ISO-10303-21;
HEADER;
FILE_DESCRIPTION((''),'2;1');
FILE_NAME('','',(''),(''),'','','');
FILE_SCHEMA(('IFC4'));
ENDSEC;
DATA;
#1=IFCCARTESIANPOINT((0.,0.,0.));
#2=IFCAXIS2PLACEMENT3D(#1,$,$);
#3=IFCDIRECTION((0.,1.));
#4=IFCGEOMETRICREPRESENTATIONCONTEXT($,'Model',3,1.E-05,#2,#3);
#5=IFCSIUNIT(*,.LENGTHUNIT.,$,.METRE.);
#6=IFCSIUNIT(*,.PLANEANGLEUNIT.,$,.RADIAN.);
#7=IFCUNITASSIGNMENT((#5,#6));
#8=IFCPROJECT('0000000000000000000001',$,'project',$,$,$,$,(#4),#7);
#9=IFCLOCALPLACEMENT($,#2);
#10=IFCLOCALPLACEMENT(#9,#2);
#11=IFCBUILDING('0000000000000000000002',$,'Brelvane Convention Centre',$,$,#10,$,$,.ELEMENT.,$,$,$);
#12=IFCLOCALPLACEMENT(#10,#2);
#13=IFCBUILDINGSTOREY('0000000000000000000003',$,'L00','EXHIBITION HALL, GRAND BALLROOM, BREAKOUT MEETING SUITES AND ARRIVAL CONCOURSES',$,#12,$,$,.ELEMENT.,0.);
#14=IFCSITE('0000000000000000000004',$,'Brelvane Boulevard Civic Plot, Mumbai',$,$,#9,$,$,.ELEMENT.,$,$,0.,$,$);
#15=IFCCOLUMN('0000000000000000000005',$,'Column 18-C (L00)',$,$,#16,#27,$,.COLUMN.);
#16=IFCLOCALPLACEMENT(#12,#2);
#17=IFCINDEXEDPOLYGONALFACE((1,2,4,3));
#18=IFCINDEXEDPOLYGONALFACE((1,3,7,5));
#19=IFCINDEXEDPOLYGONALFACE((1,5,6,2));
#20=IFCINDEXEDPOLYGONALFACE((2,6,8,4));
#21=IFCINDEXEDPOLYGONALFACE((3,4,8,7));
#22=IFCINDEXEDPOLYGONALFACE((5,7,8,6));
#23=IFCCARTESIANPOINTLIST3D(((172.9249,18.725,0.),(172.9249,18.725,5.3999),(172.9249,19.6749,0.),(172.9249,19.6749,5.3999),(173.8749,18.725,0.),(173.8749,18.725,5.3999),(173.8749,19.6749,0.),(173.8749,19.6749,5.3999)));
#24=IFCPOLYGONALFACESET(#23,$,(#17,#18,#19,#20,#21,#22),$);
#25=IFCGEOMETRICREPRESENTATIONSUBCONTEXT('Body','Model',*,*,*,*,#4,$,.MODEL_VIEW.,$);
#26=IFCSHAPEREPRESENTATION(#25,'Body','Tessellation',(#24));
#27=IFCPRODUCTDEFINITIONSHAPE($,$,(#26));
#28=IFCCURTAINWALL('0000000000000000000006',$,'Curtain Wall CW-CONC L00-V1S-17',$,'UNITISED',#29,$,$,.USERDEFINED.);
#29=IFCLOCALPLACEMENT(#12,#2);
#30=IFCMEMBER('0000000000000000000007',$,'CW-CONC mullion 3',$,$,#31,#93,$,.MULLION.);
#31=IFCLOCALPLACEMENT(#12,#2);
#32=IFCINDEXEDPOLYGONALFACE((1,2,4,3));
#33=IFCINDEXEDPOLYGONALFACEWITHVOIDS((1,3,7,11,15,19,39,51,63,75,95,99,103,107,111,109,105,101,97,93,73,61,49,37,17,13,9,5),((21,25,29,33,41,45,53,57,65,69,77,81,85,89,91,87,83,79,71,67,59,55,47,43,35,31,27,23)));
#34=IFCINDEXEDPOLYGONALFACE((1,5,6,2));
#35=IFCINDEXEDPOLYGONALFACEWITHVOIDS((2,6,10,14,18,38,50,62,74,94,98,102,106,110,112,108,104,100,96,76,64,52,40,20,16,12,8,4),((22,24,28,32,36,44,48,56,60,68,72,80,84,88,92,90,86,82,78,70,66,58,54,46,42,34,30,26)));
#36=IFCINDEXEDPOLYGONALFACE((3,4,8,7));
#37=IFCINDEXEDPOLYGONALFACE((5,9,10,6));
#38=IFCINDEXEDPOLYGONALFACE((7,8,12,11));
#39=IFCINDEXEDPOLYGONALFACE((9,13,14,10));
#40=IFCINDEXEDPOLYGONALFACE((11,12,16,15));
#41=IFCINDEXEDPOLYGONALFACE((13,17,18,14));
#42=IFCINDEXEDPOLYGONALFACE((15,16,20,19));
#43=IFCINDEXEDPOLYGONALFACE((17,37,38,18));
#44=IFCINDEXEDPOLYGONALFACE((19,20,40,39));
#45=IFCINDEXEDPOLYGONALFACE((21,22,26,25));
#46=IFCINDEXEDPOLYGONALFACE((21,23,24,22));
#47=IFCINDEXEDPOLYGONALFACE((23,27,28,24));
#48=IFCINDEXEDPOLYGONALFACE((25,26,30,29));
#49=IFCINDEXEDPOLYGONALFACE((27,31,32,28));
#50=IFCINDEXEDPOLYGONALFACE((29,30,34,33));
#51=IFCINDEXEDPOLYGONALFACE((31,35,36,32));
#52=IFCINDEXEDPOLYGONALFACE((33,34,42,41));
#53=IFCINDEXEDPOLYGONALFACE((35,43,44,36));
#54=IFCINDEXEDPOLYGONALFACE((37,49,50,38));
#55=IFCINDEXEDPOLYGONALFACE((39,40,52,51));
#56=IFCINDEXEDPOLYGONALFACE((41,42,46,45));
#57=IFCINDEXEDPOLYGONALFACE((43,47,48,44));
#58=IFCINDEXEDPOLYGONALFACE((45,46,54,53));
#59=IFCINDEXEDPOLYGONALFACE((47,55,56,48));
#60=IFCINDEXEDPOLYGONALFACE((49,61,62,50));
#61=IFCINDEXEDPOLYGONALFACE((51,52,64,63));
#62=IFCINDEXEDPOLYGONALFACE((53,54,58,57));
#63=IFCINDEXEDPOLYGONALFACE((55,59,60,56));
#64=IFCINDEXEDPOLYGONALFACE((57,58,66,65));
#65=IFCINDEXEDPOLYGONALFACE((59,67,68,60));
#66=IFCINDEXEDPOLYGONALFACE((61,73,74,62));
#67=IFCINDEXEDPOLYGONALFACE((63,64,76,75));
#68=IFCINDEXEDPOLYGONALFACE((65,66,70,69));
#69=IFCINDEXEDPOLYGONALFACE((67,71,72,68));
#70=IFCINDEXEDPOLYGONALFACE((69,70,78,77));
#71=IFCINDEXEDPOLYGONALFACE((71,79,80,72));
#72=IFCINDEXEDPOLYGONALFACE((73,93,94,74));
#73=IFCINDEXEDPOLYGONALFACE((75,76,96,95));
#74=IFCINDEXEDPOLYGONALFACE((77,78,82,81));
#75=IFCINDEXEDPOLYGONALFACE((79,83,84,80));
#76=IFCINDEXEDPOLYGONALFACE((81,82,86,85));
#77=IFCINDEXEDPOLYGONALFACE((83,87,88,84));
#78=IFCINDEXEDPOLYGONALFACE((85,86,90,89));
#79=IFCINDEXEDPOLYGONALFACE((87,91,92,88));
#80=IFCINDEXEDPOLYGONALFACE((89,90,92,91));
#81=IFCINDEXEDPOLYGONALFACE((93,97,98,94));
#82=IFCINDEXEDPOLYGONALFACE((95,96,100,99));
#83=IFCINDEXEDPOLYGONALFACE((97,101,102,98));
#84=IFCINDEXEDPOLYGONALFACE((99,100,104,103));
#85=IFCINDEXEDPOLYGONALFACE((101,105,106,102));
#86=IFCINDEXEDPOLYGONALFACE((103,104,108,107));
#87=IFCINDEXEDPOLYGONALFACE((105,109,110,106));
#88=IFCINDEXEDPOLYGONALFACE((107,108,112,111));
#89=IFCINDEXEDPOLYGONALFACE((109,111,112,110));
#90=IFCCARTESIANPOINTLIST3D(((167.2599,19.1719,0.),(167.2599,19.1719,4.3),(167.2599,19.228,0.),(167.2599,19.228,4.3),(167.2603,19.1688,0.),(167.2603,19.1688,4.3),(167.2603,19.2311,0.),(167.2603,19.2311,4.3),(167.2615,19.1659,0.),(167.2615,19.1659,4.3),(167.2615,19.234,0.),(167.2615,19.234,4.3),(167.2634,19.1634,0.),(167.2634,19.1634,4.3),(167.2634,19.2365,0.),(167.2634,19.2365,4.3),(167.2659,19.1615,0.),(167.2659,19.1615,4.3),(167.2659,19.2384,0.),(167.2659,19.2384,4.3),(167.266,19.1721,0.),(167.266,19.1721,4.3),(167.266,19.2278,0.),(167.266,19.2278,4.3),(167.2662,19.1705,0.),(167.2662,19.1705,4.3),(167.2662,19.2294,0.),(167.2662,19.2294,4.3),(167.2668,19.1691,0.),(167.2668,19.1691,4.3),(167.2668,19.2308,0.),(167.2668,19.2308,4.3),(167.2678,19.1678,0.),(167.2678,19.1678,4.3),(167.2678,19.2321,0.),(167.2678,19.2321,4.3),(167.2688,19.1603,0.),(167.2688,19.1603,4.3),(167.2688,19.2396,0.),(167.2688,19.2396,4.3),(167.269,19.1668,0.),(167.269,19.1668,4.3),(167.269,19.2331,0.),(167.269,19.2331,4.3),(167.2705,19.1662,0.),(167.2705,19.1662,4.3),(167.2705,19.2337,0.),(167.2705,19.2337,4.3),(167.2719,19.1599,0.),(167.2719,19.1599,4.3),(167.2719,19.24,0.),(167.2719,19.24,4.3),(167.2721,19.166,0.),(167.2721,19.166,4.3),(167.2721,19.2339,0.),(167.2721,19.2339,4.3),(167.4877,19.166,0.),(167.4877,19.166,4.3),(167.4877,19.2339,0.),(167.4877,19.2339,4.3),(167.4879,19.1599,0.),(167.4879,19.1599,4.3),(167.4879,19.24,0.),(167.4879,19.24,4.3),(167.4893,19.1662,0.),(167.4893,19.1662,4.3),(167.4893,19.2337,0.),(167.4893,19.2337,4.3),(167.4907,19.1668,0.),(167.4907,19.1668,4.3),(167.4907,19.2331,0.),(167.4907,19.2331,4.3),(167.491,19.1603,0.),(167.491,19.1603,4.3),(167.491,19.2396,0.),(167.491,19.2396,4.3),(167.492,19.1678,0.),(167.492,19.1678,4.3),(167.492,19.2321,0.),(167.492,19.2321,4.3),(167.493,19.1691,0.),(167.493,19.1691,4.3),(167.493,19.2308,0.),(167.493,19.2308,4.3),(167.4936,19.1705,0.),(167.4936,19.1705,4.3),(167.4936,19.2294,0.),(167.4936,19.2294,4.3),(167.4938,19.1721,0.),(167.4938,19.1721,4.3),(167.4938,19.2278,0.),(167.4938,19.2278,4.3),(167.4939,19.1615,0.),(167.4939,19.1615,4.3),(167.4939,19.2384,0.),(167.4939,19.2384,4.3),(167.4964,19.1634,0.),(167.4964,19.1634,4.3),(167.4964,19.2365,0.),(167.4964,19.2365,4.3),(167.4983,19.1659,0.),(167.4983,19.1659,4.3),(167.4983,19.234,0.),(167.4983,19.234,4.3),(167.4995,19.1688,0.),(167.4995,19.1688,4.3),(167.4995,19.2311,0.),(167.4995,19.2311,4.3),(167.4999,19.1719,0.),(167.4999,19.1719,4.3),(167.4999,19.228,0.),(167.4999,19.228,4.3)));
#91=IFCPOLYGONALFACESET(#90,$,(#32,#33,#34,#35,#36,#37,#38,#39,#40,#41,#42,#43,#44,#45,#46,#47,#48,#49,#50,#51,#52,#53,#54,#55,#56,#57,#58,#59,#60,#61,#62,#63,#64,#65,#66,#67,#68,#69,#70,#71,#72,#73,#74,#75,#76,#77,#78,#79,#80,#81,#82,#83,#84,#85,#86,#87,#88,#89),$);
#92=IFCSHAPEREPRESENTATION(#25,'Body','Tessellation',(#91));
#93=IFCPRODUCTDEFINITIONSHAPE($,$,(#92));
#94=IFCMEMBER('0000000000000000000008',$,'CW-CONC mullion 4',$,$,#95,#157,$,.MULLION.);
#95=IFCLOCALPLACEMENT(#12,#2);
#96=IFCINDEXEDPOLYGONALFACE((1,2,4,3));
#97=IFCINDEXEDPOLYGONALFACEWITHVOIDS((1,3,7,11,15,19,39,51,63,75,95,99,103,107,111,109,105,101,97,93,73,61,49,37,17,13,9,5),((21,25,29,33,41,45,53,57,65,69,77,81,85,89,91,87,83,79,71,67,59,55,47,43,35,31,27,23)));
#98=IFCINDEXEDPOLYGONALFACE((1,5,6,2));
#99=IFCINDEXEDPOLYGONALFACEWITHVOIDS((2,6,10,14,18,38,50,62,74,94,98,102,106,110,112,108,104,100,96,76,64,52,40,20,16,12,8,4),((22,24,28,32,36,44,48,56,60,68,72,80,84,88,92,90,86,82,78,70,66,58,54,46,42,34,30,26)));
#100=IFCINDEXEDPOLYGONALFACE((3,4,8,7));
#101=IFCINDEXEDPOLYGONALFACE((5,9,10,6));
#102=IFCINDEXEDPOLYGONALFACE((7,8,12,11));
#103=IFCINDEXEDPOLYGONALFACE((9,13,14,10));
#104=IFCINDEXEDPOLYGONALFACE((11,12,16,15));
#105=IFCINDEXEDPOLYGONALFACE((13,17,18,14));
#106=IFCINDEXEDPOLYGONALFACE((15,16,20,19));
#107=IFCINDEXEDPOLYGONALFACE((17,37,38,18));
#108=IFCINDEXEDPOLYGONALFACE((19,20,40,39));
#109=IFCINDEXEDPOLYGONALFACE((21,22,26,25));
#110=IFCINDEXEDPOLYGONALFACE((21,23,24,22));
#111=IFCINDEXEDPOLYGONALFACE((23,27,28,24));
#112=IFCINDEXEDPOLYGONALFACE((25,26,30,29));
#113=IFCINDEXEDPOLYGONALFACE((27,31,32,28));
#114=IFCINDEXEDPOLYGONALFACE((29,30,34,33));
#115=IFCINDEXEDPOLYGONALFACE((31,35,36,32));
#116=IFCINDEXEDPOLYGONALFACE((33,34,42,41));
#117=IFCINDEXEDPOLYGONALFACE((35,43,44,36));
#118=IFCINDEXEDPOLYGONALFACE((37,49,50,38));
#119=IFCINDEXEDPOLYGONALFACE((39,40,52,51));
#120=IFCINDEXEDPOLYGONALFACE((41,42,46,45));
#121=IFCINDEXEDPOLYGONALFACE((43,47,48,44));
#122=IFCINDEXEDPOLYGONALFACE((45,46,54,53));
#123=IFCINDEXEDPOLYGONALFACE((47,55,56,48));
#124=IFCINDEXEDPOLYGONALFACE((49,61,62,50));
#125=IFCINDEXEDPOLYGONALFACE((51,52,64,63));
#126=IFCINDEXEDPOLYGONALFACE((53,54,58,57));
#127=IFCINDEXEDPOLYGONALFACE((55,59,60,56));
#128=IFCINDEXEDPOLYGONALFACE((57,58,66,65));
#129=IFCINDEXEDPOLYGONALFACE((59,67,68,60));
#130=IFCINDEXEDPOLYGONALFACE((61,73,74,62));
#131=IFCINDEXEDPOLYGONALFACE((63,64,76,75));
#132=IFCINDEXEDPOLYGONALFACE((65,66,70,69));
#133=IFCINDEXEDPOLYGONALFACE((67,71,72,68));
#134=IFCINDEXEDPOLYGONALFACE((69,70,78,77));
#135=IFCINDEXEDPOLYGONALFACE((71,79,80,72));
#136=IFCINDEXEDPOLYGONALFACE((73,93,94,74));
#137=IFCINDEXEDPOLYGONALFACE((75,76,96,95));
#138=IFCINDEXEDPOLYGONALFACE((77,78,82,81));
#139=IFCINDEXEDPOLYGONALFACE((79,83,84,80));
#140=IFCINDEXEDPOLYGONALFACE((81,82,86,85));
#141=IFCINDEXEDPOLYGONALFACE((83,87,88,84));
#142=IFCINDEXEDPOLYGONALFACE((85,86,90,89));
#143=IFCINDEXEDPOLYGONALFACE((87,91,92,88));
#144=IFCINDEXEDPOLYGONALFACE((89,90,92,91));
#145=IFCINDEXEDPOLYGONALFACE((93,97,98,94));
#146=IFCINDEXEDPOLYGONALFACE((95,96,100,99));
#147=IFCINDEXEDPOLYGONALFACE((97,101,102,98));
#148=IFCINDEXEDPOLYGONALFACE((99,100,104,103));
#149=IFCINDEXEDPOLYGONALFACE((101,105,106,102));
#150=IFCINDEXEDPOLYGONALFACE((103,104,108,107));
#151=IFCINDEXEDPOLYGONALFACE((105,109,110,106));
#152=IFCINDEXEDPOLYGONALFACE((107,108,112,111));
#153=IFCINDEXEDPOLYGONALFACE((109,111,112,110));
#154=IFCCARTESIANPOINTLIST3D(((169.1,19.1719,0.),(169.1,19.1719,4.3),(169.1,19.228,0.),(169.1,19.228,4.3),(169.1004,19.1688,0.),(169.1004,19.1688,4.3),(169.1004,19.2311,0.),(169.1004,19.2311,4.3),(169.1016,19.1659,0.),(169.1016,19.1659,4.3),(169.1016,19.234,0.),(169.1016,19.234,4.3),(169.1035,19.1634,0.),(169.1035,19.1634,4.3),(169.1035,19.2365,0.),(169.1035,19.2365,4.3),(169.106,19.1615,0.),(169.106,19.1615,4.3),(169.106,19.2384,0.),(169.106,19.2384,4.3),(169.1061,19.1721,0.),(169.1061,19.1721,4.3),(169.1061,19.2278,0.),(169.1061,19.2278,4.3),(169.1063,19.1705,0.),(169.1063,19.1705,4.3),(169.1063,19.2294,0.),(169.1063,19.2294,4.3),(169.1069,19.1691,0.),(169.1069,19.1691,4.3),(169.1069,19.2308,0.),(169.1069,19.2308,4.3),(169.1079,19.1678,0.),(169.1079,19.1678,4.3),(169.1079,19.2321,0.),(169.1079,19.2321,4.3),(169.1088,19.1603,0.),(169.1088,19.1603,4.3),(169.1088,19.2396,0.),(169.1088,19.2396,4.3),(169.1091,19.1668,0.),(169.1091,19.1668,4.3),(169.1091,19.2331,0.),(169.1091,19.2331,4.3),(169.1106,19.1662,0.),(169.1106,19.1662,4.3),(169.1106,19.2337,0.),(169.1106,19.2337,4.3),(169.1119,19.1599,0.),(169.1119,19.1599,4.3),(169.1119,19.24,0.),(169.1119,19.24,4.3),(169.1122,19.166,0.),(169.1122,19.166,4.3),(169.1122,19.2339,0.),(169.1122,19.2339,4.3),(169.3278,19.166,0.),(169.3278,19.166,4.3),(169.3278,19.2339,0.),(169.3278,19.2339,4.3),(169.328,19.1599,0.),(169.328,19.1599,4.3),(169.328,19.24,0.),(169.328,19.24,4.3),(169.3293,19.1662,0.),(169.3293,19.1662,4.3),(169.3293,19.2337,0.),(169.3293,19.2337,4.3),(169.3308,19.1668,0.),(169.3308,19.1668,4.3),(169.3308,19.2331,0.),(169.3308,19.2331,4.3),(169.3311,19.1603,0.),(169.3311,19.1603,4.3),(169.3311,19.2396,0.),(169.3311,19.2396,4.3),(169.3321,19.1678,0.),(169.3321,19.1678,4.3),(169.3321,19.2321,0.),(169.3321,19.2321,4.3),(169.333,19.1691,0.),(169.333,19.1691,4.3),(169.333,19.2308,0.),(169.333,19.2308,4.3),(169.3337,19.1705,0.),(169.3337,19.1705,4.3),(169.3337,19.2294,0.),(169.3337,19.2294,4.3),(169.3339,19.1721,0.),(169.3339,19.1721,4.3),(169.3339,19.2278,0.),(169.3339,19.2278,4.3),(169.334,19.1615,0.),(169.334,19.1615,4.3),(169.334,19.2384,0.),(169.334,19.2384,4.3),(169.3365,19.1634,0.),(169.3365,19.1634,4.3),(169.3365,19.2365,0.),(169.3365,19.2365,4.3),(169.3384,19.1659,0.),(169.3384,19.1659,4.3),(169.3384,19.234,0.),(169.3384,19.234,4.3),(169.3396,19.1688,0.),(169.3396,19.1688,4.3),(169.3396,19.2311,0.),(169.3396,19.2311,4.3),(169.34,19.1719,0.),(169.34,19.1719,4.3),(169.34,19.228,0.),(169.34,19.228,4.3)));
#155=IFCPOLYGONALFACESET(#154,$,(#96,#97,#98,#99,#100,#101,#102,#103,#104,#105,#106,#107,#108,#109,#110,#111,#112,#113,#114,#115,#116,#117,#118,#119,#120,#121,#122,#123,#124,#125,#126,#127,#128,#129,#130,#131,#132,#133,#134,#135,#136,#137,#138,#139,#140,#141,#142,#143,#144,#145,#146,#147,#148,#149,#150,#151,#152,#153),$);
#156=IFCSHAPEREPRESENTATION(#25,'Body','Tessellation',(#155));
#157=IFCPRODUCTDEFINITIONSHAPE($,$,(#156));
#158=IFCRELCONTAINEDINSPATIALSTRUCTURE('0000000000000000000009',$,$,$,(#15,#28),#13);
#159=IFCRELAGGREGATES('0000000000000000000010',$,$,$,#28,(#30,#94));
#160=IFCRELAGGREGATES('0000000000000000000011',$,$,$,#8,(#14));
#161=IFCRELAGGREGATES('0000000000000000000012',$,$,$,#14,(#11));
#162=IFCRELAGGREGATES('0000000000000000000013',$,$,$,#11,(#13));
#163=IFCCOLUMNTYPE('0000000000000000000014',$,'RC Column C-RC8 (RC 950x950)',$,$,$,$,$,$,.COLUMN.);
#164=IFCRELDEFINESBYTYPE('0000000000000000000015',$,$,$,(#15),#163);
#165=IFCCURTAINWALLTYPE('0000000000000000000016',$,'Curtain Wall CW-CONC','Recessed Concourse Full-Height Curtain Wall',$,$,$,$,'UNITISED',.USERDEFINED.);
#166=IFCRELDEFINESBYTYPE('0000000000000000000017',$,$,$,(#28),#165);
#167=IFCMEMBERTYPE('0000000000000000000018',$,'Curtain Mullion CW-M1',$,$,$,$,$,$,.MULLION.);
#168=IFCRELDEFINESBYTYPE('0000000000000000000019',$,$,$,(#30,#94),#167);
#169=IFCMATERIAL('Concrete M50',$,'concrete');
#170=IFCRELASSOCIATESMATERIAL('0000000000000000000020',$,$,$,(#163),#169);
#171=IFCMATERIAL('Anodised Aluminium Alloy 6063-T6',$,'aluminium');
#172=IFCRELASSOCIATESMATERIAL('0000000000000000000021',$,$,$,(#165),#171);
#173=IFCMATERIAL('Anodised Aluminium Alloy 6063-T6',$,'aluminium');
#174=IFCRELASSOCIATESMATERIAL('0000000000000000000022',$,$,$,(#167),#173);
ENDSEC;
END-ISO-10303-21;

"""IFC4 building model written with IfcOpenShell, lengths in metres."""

from ifc_helpers import new_model, si_unit, direction, frame, origin, origin_2d, place, context, subcontext, project, spatial, rectangle, hollow_rectangle, extrude, material, material_profile, profile_set, type_object, element, aggregate, save


model = new_model("IFC4")

# Units and contexts
model_context = context("Model", 3, precision=1e-05, world=origin(), true_north=direction((0.0, 1.0)))
body_context = subcontext(model_context, "Body", "Model", "MODEL_VIEW")
ifc_project = project(units=[si_unit("LENGTHUNIT", "METRE"), si_unit("PLANEANGLEUNIT", "RADIAN")], contexts=[model_context])

# Site, building, storey
site_placement = place(None, origin())
site = spatial("IfcSite", under=ifc_project, at=site_placement, Name="Brelvane Boulevard Civic Plot, Mumbai", CompositionType="ELEMENT", RefElevation=0.0)
building_placement = place(site_placement, origin())
building = spatial("IfcBuilding", under=site, at=building_placement, Name="Brelvane Convention Centre", CompositionType="ELEMENT")
storey_placement = place(building_placement, origin())
storey = spatial("IfcBuildingStorey", under=building, at=storey_placement, Name="L00", Description="EXHIBITION HALL, GRAND BALLROOM, BREAKOUT MEETING SUITES AND ARRIVAL CONCOURSES", CompositionType="ELEMENT", Elevation=0.0)

# Column
ifc_material_1 = material(Name="Concrete M50", Category="concrete")
ifc_material_profile_1 = material_profile(ifc_material_1, rectangle(XDim=0.95, YDim=0.95, at=origin_2d()), Name="RC 950x950")
ifc_profile_set_1 = profile_set([ifc_material_profile_1], Name="Concrete M50")
column_type = type_object("IfcColumnType", Name="RC Column C-RC8 (RC 950x950)", PredefinedType="COLUMN", material=ifc_profile_set_1)
column_placement = place(storey_placement, frame((173.3999, 19.2, 0.0), z_axis=(0.0, 0.0, 1.0), x_axis=(1.0, 0.0, 0.0)))
element("IfcColumn", 1, at=column_placement, inside=storey, type_object=column_type, Name="Column 18-C (L00)", PredefinedType="COLUMN", context=body_context, shape_type="SweptSolid", body=[
    extrude(rectangle(XDim=0.95, YDim=0.95, at=origin_2d()), origin(), (0.0, 0.0, 1.0), 5.3999),
])

# Curtain wall, members
ifc_material_2 = material(Name="Anodised Aluminium Alloy 6063-T6", Category="aluminium")
curtain_wall_type = type_object("IfcCurtainWallType", Name="Curtain Wall CW-CONC", Description="Recessed Concourse Full-Height Curtain Wall", ElementType="UNITISED", PredefinedType="USERDEFINED", material=ifc_material_2)
curtain_wall_placement = place(storey_placement, origin())
curtain_wall = element("IfcCurtainWall", 2, at=curtain_wall_placement, inside=storey, type_object=curtain_wall_type, Name="Curtain Wall CW-CONC L00-V1S-17", ObjectType="UNITISED", PredefinedType="USERDEFINED")
ifc_material_3 = material(Name="Anodised Aluminium Alloy 6063-T6", Category="aluminium")
ifc_material_profile_2 = material_profile(ifc_material_3, hollow_rectangle(XDim=0.0801, YDim=0.24, WallThickness=0.0061, InnerFilletRadius=0.0061, OuterFilletRadius=0.012, at=origin_2d()), Name="ALU-M 240x80x6.0")
ifc_profile_set_2 = profile_set([ifc_material_profile_2], Name="Anodised Aluminium Alloy 6063-T6")
member_type_1 = type_object("IfcMemberType", Name="Curtain Mullion CW-M1", PredefinedType="MULLION", material=ifc_profile_set_2)
member_1_placement = place(storey_placement, frame((167.3799, 19.2, 0.0), z_axis=(0.0, 0.0, 1.0), x_axis=(0.0, 1.0, 0.0)))
member_1 = element("IfcMember", 3, at=member_1_placement, type_object=member_type_1, Name="CW-CONC mullion 3", PredefinedType="MULLION", context=body_context, shape_type="SweptSolid", body=[
    extrude(hollow_rectangle(XDim=0.0801, YDim=0.24, WallThickness=0.0061, InnerFilletRadius=0.0061, OuterFilletRadius=0.012, at=origin_2d()), origin(), (0.0, 0.0, 1.0), 4.3),
])
member_2_placement = place(storey_placement, frame((169.22, 19.2, 0.0), z_axis=(0.0, 0.0, 1.0), x_axis=(0.0, 1.0, 0.0)))
member_2 = element("IfcMember", 4, at=member_2_placement, type_object=member_type_1, Name="CW-CONC mullion 4", PredefinedType="MULLION", context=body_context, shape_type="SweptSolid", body=[
    extrude(hollow_rectangle(XDim=0.0801, YDim=0.24, WallThickness=0.0061, InnerFilletRadius=0.0061, OuterFilletRadius=0.012, at=origin_2d()), origin(), (0.0, 0.0, 1.0), 4.3),
])

aggregate(curtain_wall, [member_1, member_2])

save(model, "model.ifc")
